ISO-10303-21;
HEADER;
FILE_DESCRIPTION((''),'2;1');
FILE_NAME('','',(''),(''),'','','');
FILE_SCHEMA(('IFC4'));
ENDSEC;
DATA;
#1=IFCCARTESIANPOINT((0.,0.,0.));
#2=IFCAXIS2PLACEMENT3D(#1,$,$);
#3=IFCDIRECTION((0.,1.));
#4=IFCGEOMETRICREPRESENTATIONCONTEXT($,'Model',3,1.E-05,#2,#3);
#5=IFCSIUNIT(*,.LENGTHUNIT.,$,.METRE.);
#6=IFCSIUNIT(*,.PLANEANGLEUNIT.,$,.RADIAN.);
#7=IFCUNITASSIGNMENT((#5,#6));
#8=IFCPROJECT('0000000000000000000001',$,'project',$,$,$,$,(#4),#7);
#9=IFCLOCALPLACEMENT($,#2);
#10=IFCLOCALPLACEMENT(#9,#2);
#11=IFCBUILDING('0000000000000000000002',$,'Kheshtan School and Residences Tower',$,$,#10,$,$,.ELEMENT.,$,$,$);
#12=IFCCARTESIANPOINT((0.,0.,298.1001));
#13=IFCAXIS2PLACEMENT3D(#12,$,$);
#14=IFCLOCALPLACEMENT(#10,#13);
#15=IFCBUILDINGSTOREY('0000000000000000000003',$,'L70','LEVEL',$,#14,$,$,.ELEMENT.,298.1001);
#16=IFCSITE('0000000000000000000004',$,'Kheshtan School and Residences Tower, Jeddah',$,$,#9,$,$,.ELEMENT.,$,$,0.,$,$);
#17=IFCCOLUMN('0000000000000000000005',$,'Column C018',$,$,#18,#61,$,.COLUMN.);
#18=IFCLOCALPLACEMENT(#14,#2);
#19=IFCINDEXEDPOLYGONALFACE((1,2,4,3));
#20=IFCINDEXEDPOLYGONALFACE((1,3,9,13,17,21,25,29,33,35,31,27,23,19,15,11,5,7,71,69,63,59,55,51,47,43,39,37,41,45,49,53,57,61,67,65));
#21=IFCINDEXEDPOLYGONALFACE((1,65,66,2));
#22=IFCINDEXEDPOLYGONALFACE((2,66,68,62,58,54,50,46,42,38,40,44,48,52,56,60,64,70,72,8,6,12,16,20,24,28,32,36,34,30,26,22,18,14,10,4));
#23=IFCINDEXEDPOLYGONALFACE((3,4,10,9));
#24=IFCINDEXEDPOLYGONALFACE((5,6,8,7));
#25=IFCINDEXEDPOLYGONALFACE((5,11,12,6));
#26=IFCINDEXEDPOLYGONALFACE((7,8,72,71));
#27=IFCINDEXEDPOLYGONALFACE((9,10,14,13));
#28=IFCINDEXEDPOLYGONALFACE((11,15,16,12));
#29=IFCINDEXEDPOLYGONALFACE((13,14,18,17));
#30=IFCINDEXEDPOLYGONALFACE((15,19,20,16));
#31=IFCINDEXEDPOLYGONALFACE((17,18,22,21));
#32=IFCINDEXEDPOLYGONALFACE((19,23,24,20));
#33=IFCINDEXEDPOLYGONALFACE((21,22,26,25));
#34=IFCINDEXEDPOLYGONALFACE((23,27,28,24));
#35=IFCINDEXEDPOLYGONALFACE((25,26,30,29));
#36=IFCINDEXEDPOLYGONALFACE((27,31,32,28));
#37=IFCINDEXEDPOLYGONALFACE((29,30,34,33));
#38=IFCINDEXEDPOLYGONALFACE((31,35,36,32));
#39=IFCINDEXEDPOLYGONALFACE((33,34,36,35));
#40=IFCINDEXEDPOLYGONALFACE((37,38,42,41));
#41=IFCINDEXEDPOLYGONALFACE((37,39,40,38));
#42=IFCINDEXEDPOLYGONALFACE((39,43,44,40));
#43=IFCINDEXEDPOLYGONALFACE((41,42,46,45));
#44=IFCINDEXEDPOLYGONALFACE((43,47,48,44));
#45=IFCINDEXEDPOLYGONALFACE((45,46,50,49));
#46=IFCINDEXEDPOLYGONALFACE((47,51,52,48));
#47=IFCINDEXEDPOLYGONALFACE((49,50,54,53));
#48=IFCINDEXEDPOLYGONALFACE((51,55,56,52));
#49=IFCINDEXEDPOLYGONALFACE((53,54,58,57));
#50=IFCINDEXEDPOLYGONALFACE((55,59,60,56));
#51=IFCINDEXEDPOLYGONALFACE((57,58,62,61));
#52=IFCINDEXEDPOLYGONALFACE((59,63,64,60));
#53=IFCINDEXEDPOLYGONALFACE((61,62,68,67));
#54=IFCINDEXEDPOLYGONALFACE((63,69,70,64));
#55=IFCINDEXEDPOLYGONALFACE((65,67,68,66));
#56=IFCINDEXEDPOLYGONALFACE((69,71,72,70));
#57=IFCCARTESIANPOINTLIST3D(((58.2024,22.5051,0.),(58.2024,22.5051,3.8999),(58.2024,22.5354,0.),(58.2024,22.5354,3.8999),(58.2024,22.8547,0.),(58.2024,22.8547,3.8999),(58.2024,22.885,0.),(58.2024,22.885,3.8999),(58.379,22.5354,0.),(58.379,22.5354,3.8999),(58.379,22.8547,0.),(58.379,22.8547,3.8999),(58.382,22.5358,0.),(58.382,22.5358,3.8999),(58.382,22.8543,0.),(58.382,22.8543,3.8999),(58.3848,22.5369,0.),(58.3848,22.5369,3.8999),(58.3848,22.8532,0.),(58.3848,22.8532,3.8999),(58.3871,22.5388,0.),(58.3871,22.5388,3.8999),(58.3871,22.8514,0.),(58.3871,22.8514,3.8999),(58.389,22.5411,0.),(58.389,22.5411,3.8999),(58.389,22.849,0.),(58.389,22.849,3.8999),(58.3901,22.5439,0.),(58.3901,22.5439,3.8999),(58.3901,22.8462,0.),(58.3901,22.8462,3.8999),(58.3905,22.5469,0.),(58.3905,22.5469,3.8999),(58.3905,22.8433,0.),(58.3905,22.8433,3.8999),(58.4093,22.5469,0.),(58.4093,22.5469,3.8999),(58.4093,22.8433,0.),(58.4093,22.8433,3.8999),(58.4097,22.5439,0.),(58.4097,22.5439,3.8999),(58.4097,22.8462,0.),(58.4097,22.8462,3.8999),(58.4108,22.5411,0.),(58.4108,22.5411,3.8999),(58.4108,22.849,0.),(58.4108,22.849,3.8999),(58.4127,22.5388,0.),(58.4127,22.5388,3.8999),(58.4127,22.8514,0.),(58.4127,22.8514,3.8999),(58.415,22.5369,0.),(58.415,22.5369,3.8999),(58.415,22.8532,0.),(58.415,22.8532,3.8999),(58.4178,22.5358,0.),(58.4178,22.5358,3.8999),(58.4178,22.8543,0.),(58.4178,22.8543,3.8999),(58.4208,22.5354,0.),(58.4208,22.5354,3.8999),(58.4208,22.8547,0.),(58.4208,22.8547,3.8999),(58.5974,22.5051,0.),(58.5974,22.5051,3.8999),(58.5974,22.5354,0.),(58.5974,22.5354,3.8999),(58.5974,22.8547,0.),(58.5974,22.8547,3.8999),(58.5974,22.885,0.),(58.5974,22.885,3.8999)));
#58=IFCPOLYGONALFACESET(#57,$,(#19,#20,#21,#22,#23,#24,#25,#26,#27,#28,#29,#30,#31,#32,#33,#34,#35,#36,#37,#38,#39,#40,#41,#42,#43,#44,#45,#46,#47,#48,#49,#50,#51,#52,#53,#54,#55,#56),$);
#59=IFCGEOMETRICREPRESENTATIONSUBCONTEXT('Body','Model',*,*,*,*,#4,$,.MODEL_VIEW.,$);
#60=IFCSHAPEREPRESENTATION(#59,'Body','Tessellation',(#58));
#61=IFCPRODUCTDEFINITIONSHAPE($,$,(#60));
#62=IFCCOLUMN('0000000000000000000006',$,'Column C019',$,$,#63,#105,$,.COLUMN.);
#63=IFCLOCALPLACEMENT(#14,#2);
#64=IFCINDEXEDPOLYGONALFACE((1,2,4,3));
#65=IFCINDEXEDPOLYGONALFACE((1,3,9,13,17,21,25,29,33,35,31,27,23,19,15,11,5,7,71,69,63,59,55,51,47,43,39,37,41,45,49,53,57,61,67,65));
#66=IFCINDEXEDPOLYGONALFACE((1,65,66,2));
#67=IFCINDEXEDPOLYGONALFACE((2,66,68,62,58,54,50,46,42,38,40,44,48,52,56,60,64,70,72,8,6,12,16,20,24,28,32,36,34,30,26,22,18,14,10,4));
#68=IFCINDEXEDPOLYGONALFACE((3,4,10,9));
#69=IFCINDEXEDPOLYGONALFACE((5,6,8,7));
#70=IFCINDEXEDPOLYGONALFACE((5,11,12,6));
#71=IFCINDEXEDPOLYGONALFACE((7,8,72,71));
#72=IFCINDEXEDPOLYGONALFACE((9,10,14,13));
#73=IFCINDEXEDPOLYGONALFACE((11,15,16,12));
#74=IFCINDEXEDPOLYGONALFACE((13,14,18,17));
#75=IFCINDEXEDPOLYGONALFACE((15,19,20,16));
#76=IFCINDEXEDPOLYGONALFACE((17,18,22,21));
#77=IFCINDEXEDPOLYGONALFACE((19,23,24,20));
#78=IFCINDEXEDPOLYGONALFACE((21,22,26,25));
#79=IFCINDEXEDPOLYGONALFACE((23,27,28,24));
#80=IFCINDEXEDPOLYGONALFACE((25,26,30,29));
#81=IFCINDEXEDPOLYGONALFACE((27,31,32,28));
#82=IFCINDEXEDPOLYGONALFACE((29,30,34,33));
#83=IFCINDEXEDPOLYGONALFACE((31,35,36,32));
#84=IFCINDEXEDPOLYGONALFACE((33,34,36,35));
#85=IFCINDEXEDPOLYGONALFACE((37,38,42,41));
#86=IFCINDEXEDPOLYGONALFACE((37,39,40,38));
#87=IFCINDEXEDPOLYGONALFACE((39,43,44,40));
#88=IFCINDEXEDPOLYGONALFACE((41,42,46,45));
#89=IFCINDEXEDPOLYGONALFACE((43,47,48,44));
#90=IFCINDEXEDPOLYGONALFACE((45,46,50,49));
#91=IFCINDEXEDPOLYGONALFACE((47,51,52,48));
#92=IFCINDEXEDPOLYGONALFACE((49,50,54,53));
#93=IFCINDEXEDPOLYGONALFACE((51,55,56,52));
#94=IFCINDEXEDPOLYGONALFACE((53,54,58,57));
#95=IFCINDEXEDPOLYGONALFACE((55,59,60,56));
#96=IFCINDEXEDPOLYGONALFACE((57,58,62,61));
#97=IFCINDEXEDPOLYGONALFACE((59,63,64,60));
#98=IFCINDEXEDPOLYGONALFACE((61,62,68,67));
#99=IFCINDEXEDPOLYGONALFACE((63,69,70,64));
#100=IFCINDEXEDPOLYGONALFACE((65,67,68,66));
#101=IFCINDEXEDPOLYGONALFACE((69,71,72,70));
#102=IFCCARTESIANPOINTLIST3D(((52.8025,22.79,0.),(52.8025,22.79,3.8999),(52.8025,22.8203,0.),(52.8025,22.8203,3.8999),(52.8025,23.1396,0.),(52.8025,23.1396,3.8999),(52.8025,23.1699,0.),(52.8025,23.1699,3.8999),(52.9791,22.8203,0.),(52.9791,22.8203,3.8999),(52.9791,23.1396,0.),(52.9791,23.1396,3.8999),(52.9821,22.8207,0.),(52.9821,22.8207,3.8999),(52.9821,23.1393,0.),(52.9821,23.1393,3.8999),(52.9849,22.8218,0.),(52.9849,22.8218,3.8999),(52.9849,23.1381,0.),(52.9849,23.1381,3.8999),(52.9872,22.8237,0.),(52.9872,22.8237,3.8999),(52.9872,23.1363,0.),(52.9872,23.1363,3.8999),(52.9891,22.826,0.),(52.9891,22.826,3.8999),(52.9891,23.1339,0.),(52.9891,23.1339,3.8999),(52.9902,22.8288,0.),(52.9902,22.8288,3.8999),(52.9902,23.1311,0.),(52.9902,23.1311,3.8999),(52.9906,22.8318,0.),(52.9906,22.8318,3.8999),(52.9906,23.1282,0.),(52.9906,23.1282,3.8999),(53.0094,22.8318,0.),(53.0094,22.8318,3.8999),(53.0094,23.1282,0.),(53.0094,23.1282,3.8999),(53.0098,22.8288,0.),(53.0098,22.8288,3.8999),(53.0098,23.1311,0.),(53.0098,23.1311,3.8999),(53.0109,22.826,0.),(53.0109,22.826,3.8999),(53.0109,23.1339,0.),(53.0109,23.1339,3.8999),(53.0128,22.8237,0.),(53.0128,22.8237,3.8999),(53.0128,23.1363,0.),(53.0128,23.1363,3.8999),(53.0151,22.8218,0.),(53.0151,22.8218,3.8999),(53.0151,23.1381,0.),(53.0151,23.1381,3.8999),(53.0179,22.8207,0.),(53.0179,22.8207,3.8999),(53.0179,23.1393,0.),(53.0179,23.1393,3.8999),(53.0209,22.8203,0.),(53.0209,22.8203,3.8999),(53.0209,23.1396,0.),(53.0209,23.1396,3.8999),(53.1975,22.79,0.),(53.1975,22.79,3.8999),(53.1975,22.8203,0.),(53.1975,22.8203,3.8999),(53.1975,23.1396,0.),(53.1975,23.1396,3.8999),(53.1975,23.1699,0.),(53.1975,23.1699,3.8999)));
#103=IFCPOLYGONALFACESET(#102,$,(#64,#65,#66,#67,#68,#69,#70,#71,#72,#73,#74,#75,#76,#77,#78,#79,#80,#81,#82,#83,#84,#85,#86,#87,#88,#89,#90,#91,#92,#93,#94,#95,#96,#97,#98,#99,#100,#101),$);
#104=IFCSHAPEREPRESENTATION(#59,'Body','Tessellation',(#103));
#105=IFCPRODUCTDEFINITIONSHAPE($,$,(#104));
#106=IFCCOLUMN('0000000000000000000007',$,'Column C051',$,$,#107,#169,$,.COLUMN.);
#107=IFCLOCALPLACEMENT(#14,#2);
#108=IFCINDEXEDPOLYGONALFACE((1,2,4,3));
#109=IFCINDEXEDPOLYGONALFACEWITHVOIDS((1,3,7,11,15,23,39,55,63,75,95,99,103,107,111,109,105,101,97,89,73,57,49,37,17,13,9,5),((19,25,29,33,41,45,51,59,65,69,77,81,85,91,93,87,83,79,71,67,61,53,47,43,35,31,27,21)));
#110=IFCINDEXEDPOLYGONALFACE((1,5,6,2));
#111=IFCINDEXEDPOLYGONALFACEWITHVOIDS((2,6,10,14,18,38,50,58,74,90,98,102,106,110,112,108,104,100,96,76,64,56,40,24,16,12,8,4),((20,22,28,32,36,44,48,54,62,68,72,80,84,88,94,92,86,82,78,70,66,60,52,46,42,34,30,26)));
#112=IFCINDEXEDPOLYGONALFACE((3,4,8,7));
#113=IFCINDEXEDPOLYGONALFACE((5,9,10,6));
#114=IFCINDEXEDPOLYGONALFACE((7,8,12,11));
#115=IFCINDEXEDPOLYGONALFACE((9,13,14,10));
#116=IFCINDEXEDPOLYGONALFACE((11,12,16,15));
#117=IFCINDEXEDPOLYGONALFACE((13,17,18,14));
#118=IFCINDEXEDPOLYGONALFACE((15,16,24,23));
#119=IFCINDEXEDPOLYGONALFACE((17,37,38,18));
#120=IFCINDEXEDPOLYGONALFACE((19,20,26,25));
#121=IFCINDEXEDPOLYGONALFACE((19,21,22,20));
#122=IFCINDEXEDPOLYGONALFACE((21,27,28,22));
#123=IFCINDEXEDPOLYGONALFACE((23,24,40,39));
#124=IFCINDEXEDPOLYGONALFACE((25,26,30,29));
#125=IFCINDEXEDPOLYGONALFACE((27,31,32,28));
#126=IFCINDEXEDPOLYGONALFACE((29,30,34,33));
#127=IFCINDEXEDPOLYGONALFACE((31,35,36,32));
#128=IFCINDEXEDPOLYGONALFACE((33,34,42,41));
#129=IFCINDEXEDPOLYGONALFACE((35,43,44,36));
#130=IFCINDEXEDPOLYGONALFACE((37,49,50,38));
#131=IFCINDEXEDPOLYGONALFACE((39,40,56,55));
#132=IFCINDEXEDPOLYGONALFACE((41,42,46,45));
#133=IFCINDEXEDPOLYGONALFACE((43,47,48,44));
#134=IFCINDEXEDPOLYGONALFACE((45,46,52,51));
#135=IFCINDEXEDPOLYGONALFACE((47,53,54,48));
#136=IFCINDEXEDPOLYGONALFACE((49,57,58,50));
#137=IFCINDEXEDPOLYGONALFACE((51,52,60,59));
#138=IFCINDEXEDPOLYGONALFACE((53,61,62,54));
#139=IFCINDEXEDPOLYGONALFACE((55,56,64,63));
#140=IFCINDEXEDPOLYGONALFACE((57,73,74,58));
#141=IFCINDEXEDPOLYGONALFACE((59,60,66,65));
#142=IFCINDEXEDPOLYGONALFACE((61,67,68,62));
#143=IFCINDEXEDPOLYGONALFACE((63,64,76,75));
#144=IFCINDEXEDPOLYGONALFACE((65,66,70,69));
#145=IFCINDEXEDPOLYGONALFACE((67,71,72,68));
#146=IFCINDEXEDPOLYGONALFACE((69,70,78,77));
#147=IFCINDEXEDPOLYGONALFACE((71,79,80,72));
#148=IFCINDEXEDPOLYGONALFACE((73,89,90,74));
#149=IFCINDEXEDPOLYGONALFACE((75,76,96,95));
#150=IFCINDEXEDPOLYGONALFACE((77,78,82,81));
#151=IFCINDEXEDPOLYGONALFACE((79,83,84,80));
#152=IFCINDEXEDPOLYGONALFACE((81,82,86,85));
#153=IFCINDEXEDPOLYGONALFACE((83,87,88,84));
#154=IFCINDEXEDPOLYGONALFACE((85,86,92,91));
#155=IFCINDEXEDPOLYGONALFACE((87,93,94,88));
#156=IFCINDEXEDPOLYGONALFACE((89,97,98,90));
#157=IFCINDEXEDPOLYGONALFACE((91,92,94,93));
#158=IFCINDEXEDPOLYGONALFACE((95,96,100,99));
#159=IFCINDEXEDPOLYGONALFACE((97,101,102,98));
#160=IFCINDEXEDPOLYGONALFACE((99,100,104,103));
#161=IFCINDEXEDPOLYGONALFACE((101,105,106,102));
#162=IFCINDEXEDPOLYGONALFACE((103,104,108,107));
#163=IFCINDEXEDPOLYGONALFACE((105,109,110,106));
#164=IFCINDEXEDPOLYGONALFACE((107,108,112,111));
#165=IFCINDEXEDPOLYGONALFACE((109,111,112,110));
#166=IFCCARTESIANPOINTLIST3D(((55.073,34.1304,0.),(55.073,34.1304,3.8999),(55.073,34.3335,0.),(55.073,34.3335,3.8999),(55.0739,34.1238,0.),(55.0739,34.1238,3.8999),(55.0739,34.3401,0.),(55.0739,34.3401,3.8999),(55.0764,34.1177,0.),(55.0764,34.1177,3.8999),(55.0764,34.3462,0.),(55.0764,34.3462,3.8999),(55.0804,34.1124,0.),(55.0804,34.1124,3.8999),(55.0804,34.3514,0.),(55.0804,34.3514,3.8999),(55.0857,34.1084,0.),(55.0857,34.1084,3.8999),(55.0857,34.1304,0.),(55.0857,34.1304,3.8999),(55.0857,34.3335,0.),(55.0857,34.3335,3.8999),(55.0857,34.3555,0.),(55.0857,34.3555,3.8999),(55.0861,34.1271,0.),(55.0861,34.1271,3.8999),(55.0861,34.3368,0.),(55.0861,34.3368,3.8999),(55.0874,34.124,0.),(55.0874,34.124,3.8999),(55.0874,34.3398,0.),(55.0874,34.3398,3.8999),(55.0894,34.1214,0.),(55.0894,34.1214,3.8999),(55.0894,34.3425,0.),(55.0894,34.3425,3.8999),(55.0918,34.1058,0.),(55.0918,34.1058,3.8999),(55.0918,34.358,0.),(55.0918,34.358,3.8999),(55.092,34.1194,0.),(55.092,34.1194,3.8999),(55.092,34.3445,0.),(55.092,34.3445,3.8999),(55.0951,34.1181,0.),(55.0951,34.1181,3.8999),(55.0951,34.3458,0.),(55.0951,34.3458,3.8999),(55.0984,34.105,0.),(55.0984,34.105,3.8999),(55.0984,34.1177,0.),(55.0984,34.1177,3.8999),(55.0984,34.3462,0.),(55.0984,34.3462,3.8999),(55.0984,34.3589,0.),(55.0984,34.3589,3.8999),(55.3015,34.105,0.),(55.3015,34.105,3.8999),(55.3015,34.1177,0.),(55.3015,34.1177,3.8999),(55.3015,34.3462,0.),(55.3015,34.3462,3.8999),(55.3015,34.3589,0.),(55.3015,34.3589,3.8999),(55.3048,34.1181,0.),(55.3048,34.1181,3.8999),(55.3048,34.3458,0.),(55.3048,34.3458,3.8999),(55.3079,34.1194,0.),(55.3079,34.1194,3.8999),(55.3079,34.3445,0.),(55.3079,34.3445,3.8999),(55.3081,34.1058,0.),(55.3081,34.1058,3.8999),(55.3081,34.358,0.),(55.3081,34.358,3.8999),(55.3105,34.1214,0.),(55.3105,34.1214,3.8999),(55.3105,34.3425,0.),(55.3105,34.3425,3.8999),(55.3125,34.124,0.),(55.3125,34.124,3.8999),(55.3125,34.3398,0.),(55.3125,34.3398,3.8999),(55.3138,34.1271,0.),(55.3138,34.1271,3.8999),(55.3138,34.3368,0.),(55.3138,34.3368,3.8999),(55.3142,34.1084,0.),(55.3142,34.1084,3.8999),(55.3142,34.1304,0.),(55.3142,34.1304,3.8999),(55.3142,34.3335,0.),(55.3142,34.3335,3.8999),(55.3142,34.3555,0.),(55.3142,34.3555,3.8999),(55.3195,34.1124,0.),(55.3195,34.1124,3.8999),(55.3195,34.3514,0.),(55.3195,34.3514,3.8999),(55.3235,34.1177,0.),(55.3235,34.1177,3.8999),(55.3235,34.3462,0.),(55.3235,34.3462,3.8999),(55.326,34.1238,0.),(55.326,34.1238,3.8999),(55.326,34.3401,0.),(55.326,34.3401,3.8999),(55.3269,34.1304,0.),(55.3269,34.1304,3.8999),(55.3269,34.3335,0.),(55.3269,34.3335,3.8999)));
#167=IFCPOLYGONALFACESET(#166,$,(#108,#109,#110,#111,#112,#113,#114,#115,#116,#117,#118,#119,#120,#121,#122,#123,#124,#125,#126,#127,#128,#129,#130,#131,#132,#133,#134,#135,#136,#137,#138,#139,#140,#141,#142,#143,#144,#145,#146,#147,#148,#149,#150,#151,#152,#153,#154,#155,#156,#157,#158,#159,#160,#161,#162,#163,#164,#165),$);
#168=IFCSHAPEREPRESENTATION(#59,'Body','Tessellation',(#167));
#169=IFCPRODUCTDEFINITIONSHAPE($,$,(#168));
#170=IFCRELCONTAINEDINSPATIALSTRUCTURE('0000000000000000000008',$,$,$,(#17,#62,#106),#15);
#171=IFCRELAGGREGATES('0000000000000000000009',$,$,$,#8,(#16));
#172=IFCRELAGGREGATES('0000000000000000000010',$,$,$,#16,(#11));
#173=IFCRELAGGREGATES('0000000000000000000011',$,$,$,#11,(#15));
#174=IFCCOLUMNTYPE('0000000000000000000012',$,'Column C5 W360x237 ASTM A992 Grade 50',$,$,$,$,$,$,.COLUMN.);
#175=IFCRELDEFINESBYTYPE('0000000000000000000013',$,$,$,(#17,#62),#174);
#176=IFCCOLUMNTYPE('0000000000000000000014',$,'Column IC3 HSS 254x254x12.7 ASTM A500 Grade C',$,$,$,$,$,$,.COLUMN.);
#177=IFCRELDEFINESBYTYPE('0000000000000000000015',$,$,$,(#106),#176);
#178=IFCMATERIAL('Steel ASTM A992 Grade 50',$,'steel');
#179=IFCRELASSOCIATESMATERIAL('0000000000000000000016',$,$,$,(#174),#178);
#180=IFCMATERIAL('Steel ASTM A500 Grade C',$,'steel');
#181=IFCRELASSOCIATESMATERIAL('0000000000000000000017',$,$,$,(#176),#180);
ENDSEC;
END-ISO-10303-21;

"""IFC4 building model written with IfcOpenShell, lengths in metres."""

from ifc_helpers import new_model, si_unit, direction, frame, origin, origin_2d, place, context, subcontext, project, spatial, hollow_rectangle, i_section, extrude, material, material_profile, profile_set, type_object, element, save


model = new_model("IFC4")

# Units and contexts
model_context = context("Model", 3, precision=1e-05, world=origin(), true_north=direction((0.0, 1.0)))
body_context = subcontext(model_context, "Body", "Model", "MODEL_VIEW")
ifc_project = project(units=[si_unit("LENGTHUNIT", "METRE"), si_unit("PLANEANGLEUNIT", "RADIAN")], contexts=[model_context])

# Site, building, storey
site_placement = place(None, origin())
site = spatial("IfcSite", under=ifc_project, at=site_placement, Name="Kheshtan School and Residences Tower, Jeddah", CompositionType="ELEMENT", RefElevation=0.0)
building_placement = place(site_placement, origin())
building = spatial("IfcBuilding", under=site, at=building_placement, Name="Kheshtan School and Residences Tower", CompositionType="ELEMENT")
storey_placement = place(building_placement, frame((0.0, 0.0, 298.1001)))
storey = spatial("IfcBuildingStorey", under=building, at=storey_placement, Name="L70", Description="LEVEL", CompositionType="ELEMENT", Elevation=298.1001)

# Columns
ifc_material_1 = material(Name="Steel ASTM A992 Grade 50", Category="steel")
ifc_material_profile_1 = material_profile(ifc_material_1, i_section(OverallWidth=0.395, OverallDepth=0.3799, WebThickness=0.0188, FlangeThickness=0.0303, FilletRadius=0.0115, at=origin_2d()), Name="W360x237")
ifc_profile_set_1 = profile_set([ifc_material_profile_1], Name="Steel ASTM A992 Grade 50")
column_type_1 = type_object("IfcColumnType", Name="Column C5 W360x237 ASTM A992 Grade 50", PredefinedType="COLUMN", material=ifc_profile_set_1)
for number, where, z_axis, x_axis, name in (
    (1, (58.3999, 22.6951, 0.0), (0.0, 0.0, 1.0), (1.0, 0.0, 0.0), "Column C018"),
    (2, (53.0, 22.98, 0.0), (0.0, 0.0, 1.0), (1.0, 0.0, 0.0), "Column C019"),
):
    element("IfcColumn", number, at=place(storey_placement, frame(where, z_axis=z_axis, x_axis=x_axis)), inside=storey, type_object=column_type_1, Name=name, PredefinedType="COLUMN", context=body_context, shape_type="SweptSolid", body=[
        extrude(i_section(OverallWidth=0.395, OverallDepth=0.3799, WebThickness=0.0188, FlangeThickness=0.0303, FilletRadius=0.0115, at=origin_2d()), origin(), (0.0, 0.0, 1.0), 3.8999),
    ])
ifc_material_2 = material(Name="Steel ASTM A500 Grade C", Category="steel")
ifc_material_profile_2 = material_profile(ifc_material_2, hollow_rectangle(XDim=0.2539, YDim=0.2539, WallThickness=0.0127, InnerFilletRadius=0.0127, OuterFilletRadius=0.0254, at=origin_2d()), Name="HSS 254x254x12.7")
ifc_profile_set_2 = profile_set([ifc_material_profile_2], Name="Steel ASTM A500 Grade C")
column_type_2 = type_object("IfcColumnType", Name="Column IC3 HSS 254x254x12.7 ASTM A500 Grade C", PredefinedType="COLUMN", material=ifc_profile_set_2)
column_placement = place(storey_placement, frame((55.2, 34.2319, 0.0), z_axis=(0.0, 0.0, 1.0), x_axis=(1.0, 0.0, 0.0)))
element("IfcColumn", 3, at=column_placement, inside=storey, type_object=column_type_2, Name="Column C051", PredefinedType="COLUMN", context=body_context, shape_type="SweptSolid", body=[
    extrude(hollow_rectangle(XDim=0.2539, YDim=0.2539, WallThickness=0.0127, InnerFilletRadius=0.0127, OuterFilletRadius=0.0254, at=origin_2d()), origin(), (0.0, 0.0, 1.0), 3.8999),
])

save(model, "model.ifc")
